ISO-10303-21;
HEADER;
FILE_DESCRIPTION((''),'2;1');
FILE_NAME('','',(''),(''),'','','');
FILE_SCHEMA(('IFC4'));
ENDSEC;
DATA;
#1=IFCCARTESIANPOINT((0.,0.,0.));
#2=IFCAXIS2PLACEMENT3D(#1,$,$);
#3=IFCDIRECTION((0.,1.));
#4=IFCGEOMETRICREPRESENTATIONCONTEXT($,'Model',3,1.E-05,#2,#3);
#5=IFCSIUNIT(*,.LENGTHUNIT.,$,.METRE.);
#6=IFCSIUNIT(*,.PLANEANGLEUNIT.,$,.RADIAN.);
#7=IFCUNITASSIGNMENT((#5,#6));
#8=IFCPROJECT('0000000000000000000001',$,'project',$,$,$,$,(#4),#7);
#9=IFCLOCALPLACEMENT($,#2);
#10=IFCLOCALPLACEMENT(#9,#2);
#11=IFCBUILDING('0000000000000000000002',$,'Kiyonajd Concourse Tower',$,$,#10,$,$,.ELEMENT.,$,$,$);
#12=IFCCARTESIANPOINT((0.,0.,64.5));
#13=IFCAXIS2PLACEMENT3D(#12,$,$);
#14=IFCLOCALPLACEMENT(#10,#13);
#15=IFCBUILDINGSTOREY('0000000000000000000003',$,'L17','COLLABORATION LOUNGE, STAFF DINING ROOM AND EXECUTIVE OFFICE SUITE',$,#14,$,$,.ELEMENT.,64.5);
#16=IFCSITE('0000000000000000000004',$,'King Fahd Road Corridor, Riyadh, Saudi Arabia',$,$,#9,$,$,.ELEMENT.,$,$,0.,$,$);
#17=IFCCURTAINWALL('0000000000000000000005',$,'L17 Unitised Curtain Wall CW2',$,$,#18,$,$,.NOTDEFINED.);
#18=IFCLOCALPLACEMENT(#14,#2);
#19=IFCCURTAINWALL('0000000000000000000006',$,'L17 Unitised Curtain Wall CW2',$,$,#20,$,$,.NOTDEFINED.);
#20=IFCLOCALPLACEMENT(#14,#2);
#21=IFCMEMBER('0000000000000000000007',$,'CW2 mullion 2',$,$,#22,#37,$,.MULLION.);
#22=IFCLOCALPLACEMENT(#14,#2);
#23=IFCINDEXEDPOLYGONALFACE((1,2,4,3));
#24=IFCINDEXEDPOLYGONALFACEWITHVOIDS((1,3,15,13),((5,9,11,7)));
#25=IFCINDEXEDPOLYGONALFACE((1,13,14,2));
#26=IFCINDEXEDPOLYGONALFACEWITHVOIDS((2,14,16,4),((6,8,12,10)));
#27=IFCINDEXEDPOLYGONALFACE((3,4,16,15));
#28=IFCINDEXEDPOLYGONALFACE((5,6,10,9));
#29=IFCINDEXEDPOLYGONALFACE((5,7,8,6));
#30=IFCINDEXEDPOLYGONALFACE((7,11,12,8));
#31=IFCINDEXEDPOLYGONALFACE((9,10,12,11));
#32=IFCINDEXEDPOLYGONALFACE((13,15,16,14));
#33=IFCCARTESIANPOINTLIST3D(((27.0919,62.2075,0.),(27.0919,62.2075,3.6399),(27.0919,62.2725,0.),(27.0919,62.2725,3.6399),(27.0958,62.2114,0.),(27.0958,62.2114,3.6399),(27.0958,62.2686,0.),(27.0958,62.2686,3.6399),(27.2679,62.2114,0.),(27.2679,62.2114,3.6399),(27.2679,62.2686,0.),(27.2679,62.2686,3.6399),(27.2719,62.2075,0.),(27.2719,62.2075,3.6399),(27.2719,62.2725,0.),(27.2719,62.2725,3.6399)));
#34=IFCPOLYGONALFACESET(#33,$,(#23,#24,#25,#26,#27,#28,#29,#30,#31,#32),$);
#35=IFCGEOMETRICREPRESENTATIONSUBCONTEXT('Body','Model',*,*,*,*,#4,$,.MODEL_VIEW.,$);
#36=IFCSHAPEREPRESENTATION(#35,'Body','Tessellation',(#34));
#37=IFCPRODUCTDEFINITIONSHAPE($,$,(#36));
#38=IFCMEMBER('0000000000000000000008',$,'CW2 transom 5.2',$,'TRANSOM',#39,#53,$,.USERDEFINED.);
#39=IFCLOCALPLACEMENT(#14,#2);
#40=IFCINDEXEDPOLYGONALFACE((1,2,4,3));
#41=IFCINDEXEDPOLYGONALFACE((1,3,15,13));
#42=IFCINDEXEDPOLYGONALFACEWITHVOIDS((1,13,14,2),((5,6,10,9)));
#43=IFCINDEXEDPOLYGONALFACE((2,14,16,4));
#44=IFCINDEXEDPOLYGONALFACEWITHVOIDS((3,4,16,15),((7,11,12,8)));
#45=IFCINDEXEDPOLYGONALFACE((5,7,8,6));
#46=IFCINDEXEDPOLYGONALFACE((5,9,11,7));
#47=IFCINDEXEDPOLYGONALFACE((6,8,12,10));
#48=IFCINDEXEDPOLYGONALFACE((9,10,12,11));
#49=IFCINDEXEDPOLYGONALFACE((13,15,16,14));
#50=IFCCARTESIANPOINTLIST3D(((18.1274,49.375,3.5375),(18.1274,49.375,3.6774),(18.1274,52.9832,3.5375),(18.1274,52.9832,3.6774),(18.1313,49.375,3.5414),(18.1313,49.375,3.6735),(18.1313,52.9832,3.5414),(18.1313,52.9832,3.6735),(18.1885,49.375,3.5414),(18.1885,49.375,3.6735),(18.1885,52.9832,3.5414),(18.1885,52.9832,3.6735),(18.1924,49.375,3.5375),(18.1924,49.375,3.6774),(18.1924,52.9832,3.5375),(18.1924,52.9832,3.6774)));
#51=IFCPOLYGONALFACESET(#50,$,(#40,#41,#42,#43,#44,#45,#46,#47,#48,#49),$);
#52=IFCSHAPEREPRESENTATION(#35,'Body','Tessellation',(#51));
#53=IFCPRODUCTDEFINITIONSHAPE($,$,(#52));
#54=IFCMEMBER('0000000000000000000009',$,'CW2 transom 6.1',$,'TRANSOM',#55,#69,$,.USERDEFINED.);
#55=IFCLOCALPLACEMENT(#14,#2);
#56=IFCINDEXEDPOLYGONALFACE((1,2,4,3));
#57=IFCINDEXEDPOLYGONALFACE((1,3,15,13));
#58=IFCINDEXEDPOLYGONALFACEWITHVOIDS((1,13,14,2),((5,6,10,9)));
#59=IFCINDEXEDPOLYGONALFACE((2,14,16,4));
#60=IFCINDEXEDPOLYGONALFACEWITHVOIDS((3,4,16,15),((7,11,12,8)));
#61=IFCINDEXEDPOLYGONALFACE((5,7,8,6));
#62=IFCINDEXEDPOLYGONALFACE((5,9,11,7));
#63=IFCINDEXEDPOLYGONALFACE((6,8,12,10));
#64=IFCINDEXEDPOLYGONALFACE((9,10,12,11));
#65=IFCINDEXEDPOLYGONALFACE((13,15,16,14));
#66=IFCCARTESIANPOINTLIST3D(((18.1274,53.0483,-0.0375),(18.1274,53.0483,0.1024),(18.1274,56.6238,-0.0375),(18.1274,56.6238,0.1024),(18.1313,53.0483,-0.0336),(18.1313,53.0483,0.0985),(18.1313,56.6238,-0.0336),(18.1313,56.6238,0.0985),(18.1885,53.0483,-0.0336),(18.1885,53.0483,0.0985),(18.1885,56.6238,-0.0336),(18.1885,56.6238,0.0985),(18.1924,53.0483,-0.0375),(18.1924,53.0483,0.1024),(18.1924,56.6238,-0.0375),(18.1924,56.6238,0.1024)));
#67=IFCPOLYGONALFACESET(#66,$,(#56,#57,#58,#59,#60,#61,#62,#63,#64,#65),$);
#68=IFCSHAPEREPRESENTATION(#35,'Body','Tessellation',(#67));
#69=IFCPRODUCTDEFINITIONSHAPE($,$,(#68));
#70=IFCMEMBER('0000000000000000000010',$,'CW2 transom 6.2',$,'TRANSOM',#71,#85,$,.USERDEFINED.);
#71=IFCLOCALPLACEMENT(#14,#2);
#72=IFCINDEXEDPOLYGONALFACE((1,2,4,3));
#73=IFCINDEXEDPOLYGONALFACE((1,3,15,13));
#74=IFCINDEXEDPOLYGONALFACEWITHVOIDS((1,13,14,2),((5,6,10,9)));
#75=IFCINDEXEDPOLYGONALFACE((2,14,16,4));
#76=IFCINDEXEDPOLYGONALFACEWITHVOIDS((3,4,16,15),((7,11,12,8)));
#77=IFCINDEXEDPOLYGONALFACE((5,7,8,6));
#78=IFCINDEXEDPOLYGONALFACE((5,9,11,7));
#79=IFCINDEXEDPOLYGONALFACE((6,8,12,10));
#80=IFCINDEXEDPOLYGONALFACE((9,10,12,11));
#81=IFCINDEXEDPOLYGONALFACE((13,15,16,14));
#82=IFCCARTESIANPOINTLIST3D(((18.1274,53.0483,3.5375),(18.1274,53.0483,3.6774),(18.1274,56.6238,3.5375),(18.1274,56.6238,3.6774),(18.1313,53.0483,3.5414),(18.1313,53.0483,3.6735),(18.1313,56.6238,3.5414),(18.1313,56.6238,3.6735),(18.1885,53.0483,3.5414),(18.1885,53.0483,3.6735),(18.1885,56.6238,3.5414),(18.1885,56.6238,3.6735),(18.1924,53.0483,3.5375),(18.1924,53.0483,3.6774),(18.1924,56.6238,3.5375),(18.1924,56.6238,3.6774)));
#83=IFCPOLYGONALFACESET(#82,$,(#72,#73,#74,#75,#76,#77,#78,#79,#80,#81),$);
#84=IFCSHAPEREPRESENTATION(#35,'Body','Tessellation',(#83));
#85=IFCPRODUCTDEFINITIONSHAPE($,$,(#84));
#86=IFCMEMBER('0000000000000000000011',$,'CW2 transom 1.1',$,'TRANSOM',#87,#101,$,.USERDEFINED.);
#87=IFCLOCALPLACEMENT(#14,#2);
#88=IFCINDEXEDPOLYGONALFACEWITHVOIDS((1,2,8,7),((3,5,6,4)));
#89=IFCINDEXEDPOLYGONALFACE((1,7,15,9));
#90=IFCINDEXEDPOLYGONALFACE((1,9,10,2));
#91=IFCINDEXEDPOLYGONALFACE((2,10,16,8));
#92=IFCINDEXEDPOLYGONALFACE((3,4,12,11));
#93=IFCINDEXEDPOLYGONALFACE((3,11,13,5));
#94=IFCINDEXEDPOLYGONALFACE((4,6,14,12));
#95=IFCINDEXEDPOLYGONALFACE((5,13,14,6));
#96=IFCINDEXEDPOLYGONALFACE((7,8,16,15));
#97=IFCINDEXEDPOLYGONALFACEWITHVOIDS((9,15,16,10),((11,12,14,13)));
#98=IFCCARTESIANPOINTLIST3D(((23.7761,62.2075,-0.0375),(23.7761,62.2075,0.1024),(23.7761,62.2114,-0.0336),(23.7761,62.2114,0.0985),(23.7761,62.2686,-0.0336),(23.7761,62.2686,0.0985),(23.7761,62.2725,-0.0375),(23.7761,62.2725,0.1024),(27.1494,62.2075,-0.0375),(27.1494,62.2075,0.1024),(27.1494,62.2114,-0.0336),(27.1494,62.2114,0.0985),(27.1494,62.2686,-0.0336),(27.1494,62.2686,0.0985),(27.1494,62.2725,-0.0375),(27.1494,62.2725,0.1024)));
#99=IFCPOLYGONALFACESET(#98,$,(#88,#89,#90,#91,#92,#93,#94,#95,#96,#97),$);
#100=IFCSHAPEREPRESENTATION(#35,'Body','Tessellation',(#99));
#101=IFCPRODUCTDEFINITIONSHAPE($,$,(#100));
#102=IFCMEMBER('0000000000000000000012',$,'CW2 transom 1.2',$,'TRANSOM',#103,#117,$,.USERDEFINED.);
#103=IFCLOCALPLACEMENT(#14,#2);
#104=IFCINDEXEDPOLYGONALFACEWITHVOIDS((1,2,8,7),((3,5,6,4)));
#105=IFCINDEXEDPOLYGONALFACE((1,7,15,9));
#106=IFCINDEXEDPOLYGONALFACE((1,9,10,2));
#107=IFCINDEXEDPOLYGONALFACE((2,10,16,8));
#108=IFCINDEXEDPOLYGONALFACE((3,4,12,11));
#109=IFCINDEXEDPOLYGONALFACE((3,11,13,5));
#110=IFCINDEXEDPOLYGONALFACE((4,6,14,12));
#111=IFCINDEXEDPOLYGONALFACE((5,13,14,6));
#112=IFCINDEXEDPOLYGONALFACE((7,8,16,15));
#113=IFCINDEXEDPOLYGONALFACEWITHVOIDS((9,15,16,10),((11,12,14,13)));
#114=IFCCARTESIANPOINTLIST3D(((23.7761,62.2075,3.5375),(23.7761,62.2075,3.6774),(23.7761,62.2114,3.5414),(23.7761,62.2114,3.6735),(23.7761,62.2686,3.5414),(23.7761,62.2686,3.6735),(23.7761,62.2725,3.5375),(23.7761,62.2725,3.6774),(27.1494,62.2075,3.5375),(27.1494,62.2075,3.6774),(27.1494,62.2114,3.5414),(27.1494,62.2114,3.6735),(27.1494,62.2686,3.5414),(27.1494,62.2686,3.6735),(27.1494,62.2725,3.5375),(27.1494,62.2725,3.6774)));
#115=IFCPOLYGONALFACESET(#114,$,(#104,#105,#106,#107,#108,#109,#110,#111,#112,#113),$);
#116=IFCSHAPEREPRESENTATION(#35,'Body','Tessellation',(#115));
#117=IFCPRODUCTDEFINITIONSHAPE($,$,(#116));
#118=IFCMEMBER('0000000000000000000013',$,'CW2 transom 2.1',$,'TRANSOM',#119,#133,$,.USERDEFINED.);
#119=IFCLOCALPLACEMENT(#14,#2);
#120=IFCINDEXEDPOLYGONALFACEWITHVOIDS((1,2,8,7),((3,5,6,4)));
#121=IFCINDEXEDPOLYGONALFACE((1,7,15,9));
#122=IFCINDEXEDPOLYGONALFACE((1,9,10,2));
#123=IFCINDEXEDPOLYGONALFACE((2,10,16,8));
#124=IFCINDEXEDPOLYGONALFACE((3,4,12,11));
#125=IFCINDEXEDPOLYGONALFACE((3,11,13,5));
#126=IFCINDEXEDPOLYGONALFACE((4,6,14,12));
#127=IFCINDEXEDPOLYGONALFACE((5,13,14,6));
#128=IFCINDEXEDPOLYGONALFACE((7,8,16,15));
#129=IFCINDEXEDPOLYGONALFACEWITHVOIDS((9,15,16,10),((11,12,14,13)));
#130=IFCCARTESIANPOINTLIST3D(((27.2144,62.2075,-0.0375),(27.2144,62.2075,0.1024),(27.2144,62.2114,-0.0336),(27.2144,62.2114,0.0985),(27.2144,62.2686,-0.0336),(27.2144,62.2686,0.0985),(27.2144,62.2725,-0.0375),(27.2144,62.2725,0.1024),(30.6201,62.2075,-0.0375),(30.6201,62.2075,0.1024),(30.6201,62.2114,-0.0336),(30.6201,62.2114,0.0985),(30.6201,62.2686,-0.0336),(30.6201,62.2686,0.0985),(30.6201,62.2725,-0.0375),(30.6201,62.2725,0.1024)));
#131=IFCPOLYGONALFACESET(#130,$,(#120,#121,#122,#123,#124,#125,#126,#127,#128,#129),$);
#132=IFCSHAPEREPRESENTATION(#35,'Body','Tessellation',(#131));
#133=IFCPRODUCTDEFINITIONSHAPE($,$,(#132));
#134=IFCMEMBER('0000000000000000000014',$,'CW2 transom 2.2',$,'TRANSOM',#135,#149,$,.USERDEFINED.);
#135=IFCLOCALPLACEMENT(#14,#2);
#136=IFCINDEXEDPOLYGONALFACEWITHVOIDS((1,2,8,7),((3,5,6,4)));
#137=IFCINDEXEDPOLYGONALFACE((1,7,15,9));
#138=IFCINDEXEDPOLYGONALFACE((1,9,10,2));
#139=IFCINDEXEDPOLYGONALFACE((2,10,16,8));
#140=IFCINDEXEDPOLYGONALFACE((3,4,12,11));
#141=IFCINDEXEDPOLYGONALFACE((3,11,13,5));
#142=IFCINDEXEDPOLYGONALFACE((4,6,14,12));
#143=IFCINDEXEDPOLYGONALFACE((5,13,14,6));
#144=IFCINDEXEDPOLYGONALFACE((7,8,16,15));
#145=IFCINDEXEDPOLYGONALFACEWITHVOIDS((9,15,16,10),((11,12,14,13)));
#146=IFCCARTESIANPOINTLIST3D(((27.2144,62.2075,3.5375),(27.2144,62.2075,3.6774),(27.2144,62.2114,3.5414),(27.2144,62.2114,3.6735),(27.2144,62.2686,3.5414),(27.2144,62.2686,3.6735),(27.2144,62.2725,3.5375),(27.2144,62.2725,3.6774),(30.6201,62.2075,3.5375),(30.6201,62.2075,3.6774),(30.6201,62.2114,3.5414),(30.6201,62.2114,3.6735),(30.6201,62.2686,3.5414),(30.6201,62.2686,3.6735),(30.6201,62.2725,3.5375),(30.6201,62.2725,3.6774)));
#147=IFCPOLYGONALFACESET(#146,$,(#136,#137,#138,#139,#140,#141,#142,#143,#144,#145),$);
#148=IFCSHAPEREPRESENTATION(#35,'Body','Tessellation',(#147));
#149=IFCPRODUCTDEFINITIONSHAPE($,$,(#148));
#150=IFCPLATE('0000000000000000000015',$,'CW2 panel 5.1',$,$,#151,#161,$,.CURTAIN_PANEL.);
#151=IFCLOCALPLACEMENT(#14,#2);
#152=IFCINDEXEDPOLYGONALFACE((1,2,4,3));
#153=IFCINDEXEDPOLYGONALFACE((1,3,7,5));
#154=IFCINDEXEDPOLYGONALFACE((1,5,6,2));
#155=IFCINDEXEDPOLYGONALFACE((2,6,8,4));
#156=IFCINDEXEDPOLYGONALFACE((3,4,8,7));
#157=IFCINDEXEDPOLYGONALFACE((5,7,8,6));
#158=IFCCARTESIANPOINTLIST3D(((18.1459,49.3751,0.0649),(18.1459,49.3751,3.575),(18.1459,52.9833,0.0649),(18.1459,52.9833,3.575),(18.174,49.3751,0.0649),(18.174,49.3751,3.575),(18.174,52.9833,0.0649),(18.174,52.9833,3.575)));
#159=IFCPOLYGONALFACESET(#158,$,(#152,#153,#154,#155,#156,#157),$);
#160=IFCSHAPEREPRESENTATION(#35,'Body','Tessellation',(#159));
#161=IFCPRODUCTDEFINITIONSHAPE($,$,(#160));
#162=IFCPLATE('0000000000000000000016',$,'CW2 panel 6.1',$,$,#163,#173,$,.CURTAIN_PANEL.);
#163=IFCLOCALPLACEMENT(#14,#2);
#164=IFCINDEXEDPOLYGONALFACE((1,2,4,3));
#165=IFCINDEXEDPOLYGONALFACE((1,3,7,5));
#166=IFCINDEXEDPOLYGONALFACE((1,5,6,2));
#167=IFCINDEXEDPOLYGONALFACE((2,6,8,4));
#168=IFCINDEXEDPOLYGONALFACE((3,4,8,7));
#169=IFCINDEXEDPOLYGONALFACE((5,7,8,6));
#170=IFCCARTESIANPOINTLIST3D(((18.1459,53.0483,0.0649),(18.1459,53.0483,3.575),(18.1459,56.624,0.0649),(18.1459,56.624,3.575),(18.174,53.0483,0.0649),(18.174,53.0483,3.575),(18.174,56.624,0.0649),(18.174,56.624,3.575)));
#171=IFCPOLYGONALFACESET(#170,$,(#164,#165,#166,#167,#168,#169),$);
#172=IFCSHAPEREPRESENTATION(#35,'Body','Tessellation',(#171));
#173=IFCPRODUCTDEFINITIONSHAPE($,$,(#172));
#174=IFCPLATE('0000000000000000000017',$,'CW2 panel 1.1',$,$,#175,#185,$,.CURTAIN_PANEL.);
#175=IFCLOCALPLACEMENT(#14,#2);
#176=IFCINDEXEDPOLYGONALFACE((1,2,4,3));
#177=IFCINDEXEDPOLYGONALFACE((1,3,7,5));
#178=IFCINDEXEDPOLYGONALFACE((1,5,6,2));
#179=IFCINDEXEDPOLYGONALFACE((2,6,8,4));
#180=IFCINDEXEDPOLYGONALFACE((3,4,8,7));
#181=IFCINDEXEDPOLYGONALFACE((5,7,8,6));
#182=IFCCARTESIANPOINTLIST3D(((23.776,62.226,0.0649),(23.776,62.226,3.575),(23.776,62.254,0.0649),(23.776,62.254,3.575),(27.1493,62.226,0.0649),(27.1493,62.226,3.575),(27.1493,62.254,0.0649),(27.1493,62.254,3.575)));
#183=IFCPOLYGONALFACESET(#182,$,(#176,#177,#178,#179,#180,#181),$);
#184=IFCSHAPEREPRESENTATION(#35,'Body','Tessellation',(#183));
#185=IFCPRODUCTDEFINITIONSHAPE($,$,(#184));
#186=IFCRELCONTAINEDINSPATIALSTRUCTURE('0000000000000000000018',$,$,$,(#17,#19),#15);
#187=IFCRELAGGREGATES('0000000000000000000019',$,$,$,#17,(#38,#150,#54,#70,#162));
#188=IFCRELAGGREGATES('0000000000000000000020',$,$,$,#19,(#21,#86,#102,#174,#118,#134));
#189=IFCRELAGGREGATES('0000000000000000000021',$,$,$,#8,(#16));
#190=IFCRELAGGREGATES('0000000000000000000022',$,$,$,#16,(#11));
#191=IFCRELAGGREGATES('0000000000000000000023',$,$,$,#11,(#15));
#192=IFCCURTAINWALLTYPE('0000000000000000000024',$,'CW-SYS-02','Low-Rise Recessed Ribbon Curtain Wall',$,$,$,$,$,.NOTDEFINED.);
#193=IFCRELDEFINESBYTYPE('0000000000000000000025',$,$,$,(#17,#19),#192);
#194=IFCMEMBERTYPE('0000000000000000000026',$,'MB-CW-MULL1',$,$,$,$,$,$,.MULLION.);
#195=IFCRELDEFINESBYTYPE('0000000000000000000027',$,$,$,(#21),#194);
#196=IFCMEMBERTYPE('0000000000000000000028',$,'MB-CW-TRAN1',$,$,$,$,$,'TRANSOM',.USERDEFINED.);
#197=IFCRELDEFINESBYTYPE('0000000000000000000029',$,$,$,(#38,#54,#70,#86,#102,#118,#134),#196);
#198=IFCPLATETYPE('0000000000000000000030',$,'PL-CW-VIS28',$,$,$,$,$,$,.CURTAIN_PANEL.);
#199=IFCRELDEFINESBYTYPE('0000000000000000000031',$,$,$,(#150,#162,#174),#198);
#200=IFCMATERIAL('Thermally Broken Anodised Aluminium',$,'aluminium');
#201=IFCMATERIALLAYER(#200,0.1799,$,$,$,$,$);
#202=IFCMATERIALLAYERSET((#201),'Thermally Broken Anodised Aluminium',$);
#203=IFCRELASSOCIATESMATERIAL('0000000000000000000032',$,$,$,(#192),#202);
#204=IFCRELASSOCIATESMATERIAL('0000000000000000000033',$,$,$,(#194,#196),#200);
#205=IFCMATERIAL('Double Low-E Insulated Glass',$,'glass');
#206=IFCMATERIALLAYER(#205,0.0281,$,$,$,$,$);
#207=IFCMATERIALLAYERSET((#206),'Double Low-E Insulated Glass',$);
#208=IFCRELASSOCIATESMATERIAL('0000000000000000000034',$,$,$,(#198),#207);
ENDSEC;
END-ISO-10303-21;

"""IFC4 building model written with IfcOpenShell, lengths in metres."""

from ifc_helpers import new_model, si_unit, direction, frame, origin, origin_2d, place, context, subcontext, project, spatial, rectangle, hollow_rectangle, extrude, material, layer, layer_set, material_profile, profile_set, type_object, element, aggregate, save


model = new_model("IFC4")

# Units and contexts
model_context = context("Model", 3, precision=1e-05, world=origin(), true_north=direction((0.0, 1.0)))
body_context = subcontext(model_context, "Body", "Model", "MODEL_VIEW")
ifc_project = project(units=[si_unit("LENGTHUNIT", "METRE"), si_unit("PLANEANGLEUNIT", "RADIAN")], contexts=[model_context])

# Site, building, storey
site_placement = place(None, origin())
site = spatial("IfcSite", under=ifc_project, at=site_placement, Name="King Fahd Road Corridor, Riyadh, Saudi Arabia", CompositionType="ELEMENT", RefElevation=0.0)
building_placement = place(site_placement, origin())
building = spatial("IfcBuilding", under=site, at=building_placement, Name="Kiyonajd Concourse Tower", CompositionType="ELEMENT")
storey_placement = place(building_placement, frame((0.0, 0.0, 64.5)))
storey = spatial("IfcBuildingStorey", under=building, at=storey_placement, Name="L17", Description="COLLABORATION LOUNGE, STAFF DINING ROOM AND EXECUTIVE OFFICE SUITE", CompositionType="ELEMENT", Elevation=64.5)

# Curtain walls, member
ifc_material_1 = material(Name="Thermally Broken Anodised Aluminium", Category="aluminium")
ifc_layer_1 = layer(ifc_material_1, 0.1799)
ifc_layer_set_1 = layer_set([ifc_layer_1], Name="Thermally Broken Anodised Aluminium")
curtain_wall_type = type_object("IfcCurtainWallType", Name="CW-SYS-02", Description="Low-Rise Recessed Ribbon Curtain Wall", PredefinedType="NOTDEFINED", material=ifc_layer_set_1)
curtain_wall_1_placement = place(storey_placement, origin())
curtain_wall_1 = element("IfcCurtainWall", 1, at=curtain_wall_1_placement, inside=storey, type_object=curtain_wall_type, Name="L17 Unitised Curtain Wall CW2", PredefinedType="NOTDEFINED")
ifc_material_profile_1 = material_profile(ifc_material_1, hollow_rectangle(XDim=0.0649, YDim=0.1799, WallThickness=0.0039, at=origin_2d()), Name="MULL-65x180")
ifc_profile_set_1 = profile_set([ifc_material_profile_1], Name="Thermally Broken Anodised Aluminium")
member_type_1 = type_object("IfcMemberType", Name="MB-CW-MULL1", PredefinedType="MULLION", material=ifc_profile_set_1)
curtain_wall_2_placement = place(storey_placement, origin())
curtain_wall_2 = element("IfcCurtainWall", 2, at=curtain_wall_2_placement, inside=storey, type_object=curtain_wall_type, Name="L17 Unitised Curtain Wall CW2", PredefinedType="NOTDEFINED")
member_1_placement = place(storey_placement, frame((27.1819, 62.24, 0.0), z_axis=(0.0, 0.0, 1.0), x_axis=(0.0, 1.0, 0.0)))
member_1 = element("IfcMember", 3, at=member_1_placement, type_object=member_type_1, Name="CW2 mullion 2", PredefinedType="MULLION", context=body_context, shape_type="SweptSolid", body=[
    extrude(hollow_rectangle(XDim=0.0649, YDim=0.1799, WallThickness=0.0039, at=origin_2d()), origin(), (0.0, 0.0, 1.0), 3.6399),
])

# Members
ifc_material_profile_2 = material_profile(ifc_material_1, hollow_rectangle(XDim=0.0649, YDim=0.1399, WallThickness=0.0039, at=origin_2d()), Name="TRAN-65x140")
ifc_profile_set_2 = profile_set([ifc_material_profile_2], Name="Thermally Broken Anodised Aluminium")
member_type_2 = type_object("IfcMemberType", Name="MB-CW-TRAN1", ElementType="TRANSOM", PredefinedType="USERDEFINED", material=ifc_profile_set_2)
member_2_placement = place(storey_placement, frame((18.1599, 49.375, 3.6074), z_axis=(0.0, 1.0, 0.0), x_axis=(-1.0, 0.0, 0.0)))
member_2 = element("IfcMember", 4, at=member_2_placement, type_object=member_type_2, Name="CW2 transom 5.2", ObjectType="TRANSOM", PredefinedType="USERDEFINED", context=body_context, shape_type="SweptSolid", body=[
    extrude(hollow_rectangle(XDim=0.0649, YDim=0.1399, WallThickness=0.0039, at=origin_2d()), origin(), (0.0, 0.0, 1.0), 3.6082),
])
member_3_placement = place(storey_placement, frame((18.1599, 53.0483, 0.0325), z_axis=(0.0, 1.0, 0.0), x_axis=(-1.0, 0.0, 0.0)))
member_3 = element("IfcMember", 5, at=member_3_placement, type_object=member_type_2, Name="CW2 transom 6.1", ObjectType="TRANSOM", PredefinedType="USERDEFINED", context=body_context, shape_type="SweptSolid", body=[
    extrude(hollow_rectangle(XDim=0.0649, YDim=0.1399, WallThickness=0.0039, at=origin_2d()), origin(), (0.0, 0.0, 1.0), 3.5754),
])
member_4_placement = place(storey_placement, frame((18.1599, 53.0483, 3.6074), z_axis=(0.0, 1.0, 0.0), x_axis=(-1.0, 0.0, 0.0)))
member_4 = element("IfcMember", 6, at=member_4_placement, type_object=member_type_2, Name="CW2 transom 6.2", ObjectType="TRANSOM", PredefinedType="USERDEFINED", context=body_context, shape_type="SweptSolid", body=[
    extrude(hollow_rectangle(XDim=0.0649, YDim=0.1399, WallThickness=0.0039, at=origin_2d()), origin(), (0.0, 0.0, 1.0), 3.5754),
])
member_5_placement = place(storey_placement, frame((23.7761, 62.24, 0.0325), z_axis=(1.0, 0.0, 0.0), x_axis=(0.0, 1.0, 0.0)))
member_5 = element("IfcMember", 7, at=member_5_placement, type_object=member_type_2, Name="CW2 transom 1.1", ObjectType="TRANSOM", PredefinedType="USERDEFINED", context=body_context, shape_type="SweptSolid", body=[
    extrude(hollow_rectangle(XDim=0.0649, YDim=0.1399, WallThickness=0.0039, at=origin_2d()), origin(), (0.0, 0.0, 1.0), 3.3733),
])
member_6_placement = place(storey_placement, frame((23.7761, 62.24, 3.6074), z_axis=(1.0, 0.0, 0.0), x_axis=(0.0, 1.0, 0.0)))
member_6 = element("IfcMember", 8, at=member_6_placement, type_object=member_type_2, Name="CW2 transom 1.2", ObjectType="TRANSOM", PredefinedType="USERDEFINED", context=body_context, shape_type="SweptSolid", body=[
    extrude(hollow_rectangle(XDim=0.0649, YDim=0.1399, WallThickness=0.0039, at=origin_2d()), origin(), (0.0, 0.0, 1.0), 3.3733),
])
member_7_placement = place(storey_placement, frame((27.2144, 62.24, 0.0325), z_axis=(1.0, 0.0, 0.0), x_axis=(0.0, 1.0, 0.0)))
member_7 = element("IfcMember", 9, at=member_7_placement, type_object=member_type_2, Name="CW2 transom 2.1", ObjectType="TRANSOM", PredefinedType="USERDEFINED", context=body_context, shape_type="SweptSolid", body=[
    extrude(hollow_rectangle(XDim=0.0649, YDim=0.1399, WallThickness=0.0039, at=origin_2d()), origin(), (0.0, 0.0, 1.0), 3.4058),
])
member_8_placement = place(storey_placement, frame((27.2144, 62.24, 3.6074), z_axis=(1.0, 0.0, 0.0), x_axis=(0.0, 1.0, 0.0)))
member_8 = element("IfcMember", 10, at=member_8_placement, type_object=member_type_2, Name="CW2 transom 2.2", ObjectType="TRANSOM", PredefinedType="USERDEFINED", context=body_context, shape_type="SweptSolid", body=[
    extrude(hollow_rectangle(XDim=0.0649, YDim=0.1399, WallThickness=0.0039, at=origin_2d()), origin(), (0.0, 0.0, 1.0), 3.4058),
])

# Plates
ifc_material_2 = material(Name="Double Low-E Insulated Glass", Category="glass")
ifc_layer_2 = layer(ifc_material_2, 0.0281)
ifc_layer_set_2 = layer_set([ifc_layer_2], Name="Double Low-E Insulated Glass")
plate_type_1 = type_object("IfcPlateType", Name="PL-CW-VIS28", PredefinedType="CURTAIN_PANEL", material=ifc_layer_set_2)
plate_1_placement = place(storey_placement, frame((18.1599, 51.1792, 0.0649), z_axis=(0.0, 0.0, 1.0), x_axis=(0.0, 1.0, 0.0)))
plate_1 = element("IfcPlate", 11, at=plate_1_placement, type_object=plate_type_1, Name="CW2 panel 5.1", PredefinedType="CURTAIN_PANEL", context=body_context, shape_type="SweptSolid", body=[
    extrude(rectangle(XDim=3.6082, YDim=0.0281, at=origin_2d()), origin(), (0.0, 0.0, 1.0), 3.51),
])
plate_2_placement = place(storey_placement, frame((18.1599, 54.8362, 0.0649), z_axis=(0.0, 0.0, 1.0), x_axis=(0.0, 1.0, 0.0)))
plate_2 = element("IfcPlate", 12, at=plate_2_placement, type_object=plate_type_1, Name="CW2 panel 6.1", PredefinedType="CURTAIN_PANEL", context=body_context, shape_type="SweptSolid", body=[
    extrude(rectangle(XDim=3.5757, YDim=0.0281, at=origin_2d()), origin(), (0.0, 0.0, 1.0), 3.51),
])
aggregate(curtain_wall_1, [member_2, plate_1, member_3, member_4, plate_2])
plate_3_placement = place(storey_placement, frame((25.4626, 62.24, 0.0649), z_axis=(0.0, 0.0, 1.0), x_axis=(1.0, 0.0, 0.0)))
plate_3 = element("IfcPlate", 13, at=plate_3_placement, type_object=plate_type_1, Name="CW2 panel 1.1", PredefinedType="CURTAIN_PANEL", context=body_context, shape_type="SweptSolid", body=[
    extrude(rectangle(XDim=3.3733, YDim=0.0281, at=origin_2d()), origin(), (0.0, 0.0, 1.0), 3.51),
])
aggregate(curtain_wall_2, [member_1, member_5, member_6, plate_3, member_7, member_8])

save(model, "model.ifc")
